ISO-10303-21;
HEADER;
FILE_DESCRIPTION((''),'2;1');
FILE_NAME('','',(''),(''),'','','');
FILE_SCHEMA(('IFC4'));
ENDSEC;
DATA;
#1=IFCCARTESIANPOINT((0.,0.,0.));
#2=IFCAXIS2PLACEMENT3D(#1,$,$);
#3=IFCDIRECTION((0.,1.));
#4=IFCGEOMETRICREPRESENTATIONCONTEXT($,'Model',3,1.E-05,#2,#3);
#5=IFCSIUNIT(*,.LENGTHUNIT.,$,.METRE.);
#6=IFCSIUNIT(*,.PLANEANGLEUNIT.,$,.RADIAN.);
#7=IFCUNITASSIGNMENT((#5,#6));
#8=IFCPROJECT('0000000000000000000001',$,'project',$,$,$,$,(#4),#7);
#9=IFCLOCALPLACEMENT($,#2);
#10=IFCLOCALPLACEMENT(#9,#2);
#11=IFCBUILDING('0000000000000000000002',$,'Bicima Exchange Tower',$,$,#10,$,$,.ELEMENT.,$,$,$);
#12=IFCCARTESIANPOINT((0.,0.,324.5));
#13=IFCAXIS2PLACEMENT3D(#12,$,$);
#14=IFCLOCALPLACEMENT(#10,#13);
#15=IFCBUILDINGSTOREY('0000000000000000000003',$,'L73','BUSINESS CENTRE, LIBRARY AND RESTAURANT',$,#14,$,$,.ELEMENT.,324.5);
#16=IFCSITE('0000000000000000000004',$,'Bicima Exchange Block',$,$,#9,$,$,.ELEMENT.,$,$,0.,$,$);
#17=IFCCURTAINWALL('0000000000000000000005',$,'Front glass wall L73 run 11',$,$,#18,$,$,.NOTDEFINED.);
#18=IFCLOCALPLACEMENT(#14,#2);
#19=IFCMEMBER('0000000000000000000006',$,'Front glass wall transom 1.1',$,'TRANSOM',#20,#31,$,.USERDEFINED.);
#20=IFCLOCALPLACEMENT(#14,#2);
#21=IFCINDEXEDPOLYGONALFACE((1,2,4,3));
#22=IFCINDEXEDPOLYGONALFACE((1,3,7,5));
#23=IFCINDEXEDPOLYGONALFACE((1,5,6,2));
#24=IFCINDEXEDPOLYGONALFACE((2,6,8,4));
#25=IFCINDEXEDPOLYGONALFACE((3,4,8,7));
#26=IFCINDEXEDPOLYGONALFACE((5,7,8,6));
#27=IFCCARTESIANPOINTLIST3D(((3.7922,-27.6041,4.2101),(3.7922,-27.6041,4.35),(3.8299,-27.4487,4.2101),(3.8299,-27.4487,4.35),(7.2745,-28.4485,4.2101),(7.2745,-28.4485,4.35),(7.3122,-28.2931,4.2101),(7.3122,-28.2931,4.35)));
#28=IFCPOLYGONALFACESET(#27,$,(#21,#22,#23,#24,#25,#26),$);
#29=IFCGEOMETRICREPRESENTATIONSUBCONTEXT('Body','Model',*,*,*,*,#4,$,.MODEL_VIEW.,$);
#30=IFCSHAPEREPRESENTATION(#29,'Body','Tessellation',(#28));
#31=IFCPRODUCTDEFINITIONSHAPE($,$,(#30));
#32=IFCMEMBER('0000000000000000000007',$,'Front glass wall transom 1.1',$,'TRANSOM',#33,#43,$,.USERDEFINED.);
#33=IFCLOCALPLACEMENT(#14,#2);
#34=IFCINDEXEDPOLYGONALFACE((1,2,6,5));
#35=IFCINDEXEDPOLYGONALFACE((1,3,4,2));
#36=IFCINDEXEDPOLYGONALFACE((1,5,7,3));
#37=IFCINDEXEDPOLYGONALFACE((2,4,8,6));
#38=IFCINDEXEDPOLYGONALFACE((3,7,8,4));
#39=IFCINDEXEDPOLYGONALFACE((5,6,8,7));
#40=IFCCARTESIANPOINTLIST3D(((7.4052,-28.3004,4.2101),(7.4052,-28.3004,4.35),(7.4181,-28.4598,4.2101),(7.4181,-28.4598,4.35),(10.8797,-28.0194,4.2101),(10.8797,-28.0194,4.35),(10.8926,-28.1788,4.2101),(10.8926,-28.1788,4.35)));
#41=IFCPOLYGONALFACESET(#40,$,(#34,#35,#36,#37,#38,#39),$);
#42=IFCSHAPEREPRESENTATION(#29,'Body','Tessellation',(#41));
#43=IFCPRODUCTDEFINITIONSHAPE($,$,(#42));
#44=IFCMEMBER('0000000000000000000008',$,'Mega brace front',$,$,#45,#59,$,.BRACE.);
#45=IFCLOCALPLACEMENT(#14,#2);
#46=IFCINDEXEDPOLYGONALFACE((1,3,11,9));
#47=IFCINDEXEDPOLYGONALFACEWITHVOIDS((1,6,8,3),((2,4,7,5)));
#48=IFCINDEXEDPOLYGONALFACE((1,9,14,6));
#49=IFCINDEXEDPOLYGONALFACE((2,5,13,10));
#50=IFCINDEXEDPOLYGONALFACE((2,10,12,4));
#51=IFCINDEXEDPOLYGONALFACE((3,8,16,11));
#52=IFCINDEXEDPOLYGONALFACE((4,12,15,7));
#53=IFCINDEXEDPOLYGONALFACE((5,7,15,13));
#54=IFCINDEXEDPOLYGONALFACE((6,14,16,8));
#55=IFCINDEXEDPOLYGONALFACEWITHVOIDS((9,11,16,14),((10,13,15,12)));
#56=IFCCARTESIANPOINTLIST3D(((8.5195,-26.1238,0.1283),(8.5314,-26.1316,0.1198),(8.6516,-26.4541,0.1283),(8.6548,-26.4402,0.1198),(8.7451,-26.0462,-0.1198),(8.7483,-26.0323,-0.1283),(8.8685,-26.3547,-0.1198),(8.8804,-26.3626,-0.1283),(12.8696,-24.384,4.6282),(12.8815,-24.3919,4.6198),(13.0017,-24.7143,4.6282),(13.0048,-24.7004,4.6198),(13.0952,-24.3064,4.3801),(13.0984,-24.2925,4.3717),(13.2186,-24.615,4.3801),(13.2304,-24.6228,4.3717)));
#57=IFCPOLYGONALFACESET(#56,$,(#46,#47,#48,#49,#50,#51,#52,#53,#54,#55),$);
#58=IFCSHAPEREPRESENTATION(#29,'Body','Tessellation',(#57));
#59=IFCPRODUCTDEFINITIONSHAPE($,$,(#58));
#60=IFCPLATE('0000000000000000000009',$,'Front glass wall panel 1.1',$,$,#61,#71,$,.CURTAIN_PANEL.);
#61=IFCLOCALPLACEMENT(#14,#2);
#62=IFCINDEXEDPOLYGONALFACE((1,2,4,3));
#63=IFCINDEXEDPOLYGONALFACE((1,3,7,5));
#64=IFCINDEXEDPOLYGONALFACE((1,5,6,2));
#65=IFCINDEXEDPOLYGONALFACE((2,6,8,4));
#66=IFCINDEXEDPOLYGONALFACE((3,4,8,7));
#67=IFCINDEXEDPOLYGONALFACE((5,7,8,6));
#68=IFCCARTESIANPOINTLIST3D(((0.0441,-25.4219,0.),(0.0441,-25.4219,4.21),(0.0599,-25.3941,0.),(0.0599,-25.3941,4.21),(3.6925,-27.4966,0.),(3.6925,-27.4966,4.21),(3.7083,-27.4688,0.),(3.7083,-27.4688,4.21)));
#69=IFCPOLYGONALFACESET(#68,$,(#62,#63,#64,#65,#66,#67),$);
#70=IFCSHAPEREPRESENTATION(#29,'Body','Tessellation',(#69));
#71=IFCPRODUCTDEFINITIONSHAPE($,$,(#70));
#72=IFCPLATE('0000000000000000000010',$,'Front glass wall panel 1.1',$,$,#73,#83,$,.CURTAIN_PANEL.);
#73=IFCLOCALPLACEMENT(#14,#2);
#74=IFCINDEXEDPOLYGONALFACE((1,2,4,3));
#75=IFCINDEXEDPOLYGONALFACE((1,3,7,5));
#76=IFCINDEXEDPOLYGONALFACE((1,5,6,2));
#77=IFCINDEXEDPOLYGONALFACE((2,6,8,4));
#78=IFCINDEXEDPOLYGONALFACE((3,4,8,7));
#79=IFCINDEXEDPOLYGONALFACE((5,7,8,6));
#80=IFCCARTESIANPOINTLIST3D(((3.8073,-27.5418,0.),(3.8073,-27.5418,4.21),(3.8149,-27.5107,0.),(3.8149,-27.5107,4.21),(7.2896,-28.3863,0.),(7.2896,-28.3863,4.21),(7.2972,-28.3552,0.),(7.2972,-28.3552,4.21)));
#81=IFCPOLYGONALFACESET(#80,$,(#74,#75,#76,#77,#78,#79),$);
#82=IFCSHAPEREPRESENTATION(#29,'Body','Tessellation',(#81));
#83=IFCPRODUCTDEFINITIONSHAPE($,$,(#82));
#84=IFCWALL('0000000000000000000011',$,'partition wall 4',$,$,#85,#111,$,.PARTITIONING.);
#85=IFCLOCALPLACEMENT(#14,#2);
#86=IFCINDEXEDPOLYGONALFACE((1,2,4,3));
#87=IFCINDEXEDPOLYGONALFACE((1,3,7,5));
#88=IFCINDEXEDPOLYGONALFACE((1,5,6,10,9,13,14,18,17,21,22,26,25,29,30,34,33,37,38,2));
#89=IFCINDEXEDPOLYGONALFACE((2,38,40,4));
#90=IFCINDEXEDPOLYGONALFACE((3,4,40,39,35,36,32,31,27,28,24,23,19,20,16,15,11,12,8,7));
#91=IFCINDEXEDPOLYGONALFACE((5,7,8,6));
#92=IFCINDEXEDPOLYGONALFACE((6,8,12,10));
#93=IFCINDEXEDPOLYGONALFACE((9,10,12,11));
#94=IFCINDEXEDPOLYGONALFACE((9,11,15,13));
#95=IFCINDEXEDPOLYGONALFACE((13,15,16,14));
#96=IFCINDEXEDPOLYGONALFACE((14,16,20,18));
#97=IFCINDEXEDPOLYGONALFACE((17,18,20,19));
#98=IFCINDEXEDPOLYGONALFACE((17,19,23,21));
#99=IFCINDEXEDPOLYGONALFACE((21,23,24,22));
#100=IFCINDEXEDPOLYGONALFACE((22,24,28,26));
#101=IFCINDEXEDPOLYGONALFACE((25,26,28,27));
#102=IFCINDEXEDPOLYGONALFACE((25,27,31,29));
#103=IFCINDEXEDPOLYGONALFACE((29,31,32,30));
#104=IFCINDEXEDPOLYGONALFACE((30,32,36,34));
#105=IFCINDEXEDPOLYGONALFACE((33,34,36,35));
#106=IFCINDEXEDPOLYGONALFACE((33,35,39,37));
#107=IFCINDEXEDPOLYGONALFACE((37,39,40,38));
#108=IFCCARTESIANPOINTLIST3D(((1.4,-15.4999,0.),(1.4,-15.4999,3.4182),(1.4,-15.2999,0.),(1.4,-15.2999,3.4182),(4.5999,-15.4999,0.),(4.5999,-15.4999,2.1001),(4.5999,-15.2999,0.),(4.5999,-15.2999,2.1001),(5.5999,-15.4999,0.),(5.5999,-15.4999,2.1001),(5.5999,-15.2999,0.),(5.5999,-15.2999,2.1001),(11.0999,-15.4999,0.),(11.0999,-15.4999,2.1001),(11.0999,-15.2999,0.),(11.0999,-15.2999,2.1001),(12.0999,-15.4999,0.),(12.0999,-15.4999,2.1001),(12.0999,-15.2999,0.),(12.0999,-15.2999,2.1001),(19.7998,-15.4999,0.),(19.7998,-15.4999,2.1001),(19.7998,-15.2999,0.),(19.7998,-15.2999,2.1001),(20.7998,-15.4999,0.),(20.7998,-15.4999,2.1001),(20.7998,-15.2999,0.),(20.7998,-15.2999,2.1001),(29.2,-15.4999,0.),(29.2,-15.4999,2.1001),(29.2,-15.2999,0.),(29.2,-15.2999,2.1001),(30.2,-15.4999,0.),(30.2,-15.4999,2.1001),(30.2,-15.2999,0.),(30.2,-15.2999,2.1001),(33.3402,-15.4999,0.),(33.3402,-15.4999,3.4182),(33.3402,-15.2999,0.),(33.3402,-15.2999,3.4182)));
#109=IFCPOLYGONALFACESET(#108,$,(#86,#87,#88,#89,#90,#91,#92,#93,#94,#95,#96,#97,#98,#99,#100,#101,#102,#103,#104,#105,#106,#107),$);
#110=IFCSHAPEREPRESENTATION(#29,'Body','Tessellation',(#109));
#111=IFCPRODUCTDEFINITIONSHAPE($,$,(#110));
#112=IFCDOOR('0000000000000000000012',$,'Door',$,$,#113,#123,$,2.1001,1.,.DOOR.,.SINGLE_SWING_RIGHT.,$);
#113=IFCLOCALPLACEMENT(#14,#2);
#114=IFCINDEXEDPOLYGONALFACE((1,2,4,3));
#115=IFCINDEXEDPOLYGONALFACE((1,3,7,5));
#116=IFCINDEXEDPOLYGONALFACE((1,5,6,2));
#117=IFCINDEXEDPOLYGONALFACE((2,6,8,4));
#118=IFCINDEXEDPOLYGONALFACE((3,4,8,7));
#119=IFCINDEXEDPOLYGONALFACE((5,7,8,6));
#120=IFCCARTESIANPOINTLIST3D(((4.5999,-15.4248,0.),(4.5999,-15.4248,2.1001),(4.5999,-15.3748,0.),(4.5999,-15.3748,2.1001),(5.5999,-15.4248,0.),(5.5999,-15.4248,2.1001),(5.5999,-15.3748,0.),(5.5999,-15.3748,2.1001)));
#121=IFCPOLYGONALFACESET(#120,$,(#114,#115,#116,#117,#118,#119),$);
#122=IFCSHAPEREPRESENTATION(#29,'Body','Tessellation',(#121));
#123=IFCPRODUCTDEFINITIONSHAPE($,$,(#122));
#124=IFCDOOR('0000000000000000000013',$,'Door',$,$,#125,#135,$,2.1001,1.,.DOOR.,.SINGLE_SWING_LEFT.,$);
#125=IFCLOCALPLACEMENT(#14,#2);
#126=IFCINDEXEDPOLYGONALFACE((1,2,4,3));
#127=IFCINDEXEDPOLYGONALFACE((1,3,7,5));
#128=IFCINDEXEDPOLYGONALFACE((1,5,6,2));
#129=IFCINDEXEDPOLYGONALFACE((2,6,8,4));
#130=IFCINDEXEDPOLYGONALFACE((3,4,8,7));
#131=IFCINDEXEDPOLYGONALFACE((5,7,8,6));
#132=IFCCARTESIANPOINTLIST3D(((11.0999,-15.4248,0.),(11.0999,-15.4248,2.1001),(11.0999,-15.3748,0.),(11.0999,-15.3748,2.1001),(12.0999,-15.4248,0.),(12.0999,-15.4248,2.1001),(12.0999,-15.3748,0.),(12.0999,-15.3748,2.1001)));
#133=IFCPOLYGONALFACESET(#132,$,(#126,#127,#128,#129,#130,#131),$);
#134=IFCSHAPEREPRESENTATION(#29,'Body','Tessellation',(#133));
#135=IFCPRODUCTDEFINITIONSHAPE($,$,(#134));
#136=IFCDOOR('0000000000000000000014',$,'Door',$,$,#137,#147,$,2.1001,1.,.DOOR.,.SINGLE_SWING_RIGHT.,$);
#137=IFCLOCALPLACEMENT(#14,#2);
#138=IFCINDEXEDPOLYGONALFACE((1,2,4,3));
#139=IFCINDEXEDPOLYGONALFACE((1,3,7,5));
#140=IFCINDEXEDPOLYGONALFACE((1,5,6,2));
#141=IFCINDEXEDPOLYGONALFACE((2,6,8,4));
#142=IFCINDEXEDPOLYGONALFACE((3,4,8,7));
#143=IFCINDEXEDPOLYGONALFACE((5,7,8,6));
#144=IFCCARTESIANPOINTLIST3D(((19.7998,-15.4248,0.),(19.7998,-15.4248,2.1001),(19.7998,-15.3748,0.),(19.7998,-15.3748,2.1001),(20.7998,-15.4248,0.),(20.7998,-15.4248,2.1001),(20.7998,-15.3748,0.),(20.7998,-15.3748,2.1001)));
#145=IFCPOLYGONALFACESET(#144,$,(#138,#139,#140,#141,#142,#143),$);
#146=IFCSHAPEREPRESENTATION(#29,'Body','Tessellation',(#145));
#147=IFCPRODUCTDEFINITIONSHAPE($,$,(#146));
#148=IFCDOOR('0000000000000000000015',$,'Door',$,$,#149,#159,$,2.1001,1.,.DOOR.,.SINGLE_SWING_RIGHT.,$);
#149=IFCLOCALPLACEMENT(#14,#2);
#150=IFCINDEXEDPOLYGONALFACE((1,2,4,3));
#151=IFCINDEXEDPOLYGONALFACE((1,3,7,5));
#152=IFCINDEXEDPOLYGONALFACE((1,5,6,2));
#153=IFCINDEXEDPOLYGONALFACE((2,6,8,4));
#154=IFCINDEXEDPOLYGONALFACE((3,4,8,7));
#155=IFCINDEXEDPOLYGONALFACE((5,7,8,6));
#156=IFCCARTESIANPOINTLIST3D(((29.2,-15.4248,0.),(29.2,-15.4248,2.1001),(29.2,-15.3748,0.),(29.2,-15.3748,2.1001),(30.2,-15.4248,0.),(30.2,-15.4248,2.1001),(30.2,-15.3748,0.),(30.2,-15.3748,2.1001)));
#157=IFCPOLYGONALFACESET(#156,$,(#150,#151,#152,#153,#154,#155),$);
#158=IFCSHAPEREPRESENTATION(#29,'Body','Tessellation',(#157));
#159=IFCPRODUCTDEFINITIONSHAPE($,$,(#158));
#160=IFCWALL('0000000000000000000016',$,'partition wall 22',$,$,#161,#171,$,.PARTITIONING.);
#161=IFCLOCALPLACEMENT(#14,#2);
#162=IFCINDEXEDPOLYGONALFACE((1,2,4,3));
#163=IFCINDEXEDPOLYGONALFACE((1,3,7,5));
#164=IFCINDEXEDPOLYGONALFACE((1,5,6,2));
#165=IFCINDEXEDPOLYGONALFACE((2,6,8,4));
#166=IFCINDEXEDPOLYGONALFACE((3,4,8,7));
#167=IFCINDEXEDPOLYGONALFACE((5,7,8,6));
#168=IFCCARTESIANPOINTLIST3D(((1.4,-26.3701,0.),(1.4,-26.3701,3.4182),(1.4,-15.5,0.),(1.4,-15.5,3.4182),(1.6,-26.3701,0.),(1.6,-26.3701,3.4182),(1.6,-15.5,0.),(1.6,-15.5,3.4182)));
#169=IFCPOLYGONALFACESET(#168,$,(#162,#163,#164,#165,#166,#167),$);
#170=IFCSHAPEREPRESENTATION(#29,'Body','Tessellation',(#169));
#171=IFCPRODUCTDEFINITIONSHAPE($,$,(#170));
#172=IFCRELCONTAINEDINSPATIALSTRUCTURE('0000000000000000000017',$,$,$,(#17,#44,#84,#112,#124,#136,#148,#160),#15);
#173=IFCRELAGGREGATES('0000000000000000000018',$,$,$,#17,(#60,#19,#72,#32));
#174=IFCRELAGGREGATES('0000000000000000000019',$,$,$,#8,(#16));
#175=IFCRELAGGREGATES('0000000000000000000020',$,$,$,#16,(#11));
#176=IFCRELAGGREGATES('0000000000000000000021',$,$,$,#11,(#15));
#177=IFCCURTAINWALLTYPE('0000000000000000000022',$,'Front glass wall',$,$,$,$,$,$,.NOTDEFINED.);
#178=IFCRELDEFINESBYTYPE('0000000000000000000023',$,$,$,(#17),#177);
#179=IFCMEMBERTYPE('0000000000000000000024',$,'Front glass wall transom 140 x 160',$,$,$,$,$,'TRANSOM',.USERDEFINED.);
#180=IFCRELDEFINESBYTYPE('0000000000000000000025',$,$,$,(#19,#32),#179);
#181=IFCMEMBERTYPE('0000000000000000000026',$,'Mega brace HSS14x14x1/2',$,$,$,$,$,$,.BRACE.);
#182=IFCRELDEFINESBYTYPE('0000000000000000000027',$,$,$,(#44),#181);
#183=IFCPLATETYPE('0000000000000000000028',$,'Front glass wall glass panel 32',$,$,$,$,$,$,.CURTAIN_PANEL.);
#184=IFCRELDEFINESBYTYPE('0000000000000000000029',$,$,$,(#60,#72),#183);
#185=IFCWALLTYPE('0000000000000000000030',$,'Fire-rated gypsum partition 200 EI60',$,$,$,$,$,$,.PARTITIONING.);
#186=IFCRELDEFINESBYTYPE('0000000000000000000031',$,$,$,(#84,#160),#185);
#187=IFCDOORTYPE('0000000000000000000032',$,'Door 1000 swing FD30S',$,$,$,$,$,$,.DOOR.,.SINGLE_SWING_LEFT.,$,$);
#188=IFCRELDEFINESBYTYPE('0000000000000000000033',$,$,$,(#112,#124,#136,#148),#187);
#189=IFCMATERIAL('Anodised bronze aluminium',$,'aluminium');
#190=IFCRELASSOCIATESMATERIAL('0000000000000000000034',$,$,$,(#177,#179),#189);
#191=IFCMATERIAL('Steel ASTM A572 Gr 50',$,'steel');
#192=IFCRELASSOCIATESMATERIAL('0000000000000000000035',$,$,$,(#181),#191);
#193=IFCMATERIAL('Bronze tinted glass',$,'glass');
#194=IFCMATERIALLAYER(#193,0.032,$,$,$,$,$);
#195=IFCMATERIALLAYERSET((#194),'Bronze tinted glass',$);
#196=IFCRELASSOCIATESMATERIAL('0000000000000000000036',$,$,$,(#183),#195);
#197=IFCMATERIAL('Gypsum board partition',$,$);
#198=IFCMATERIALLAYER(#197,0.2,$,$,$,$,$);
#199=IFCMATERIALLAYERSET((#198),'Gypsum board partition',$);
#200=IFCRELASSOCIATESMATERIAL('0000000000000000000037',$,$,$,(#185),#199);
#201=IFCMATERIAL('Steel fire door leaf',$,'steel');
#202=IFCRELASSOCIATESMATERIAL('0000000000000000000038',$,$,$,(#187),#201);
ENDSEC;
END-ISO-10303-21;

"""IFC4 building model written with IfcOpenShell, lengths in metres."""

from ifc_helpers import new_model, si_unit, direction, frame, frame_2d, origin, origin_2d, place, context, subcontext, project, spatial, rectangle, hollow_rectangle, extrude, material, layer, layer_set, material_profile, profile_set, type_object, element, fill, aggregate, save


model = new_model("IFC4")

# Units and contexts
model_context = context("Model", 3, precision=1e-05, world=origin(), true_north=direction((0.0, 1.0)))
body_context = subcontext(model_context, "Body", "Model", "MODEL_VIEW")
ifc_project = project(units=[si_unit("LENGTHUNIT", "METRE"), si_unit("PLANEANGLEUNIT", "RADIAN")], contexts=[model_context])

# Site, building, storey
site_placement = place(None, origin())
site = spatial("IfcSite", under=ifc_project, at=site_placement, Name="Bicima Exchange Block", CompositionType="ELEMENT", RefElevation=0.0)
building_placement = place(site_placement, origin())
building = spatial("IfcBuilding", under=site, at=building_placement, Name="Bicima Exchange Tower", CompositionType="ELEMENT")
storey_placement = place(building_placement, frame((0.0, 0.0, 324.5)))
storey = spatial("IfcBuildingStorey", under=building, at=storey_placement, Name="L73", Description="BUSINESS CENTRE, LIBRARY AND RESTAURANT", CompositionType="ELEMENT", Elevation=324.5)

# Curtain wall, members
ifc_material_1 = material(Name="Anodised bronze aluminium", Category="aluminium")
curtain_wall_type = type_object("IfcCurtainWallType", Name="Front glass wall", PredefinedType="NOTDEFINED", material=ifc_material_1)
curtain_wall_placement = place(storey_placement, origin())
curtain_wall = element("IfcCurtainWall", 1, at=curtain_wall_placement, inside=storey, type_object=curtain_wall_type, Name="Front glass wall L73 run 11", PredefinedType="NOTDEFINED")
ifc_material_profile_1 = material_profile(ifc_material_1, rectangle(XDim=0.1599, YDim=0.1399, at=origin_2d()))
ifc_profile_set_1 = profile_set([ifc_material_profile_1], Name="Anodised bronze aluminium")
member_type_1 = type_object("IfcMemberType", Name="Front glass wall transom 140 x 160", ElementType="TRANSOM", PredefinedType="USERDEFINED", material=ifc_profile_set_1)
member_1_placement = place(storey_placement, frame((3.811, -27.5264, 4.28), z_axis=(0.971834, -0.235668, 0.0), x_axis=(0.235668, 0.971834, 0.0)))
member_1 = element("IfcMember", 2, at=member_1_placement, type_object=member_type_1, Name="Front glass wall transom 1.1", ObjectType="TRANSOM", PredefinedType="USERDEFINED", context=body_context, shape_type="SweptSolid", body=[
    extrude(rectangle(XDim=0.1599, YDim=0.1399, at=origin_2d()), origin(), (0.0, 0.0, 1.0), 3.5833),
])
member_2_placement = place(storey_placement, frame((7.4116, -28.3801, 4.28), z_axis=(0.996746, 0.080611, 0.0), x_axis=(-0.080611, 0.996746, 0.0)))
member_2 = element("IfcMember", 3, at=member_2_placement, type_object=member_type_1, Name="Front glass wall transom 1.1", ObjectType="TRANSOM", PredefinedType="USERDEFINED", context=body_context, shape_type="SweptSolid", body=[
    extrude(rectangle(XDim=0.1599, YDim=0.1399, at=origin_2d()), origin(), (0.0, 0.0, 1.0), 3.4858),
])

# Member
ifc_material_2 = material(Name="Steel ASTM A572 Gr 50", Category="steel")
ifc_material_profile_2 = material_profile(ifc_material_2, hollow_rectangle(XDim=0.3557, YDim=0.3557, WallThickness=0.0117, at=origin_2d()))
ifc_profile_set_2 = profile_set([ifc_material_profile_2], Name="Steel ASTM A572 Gr 50")
member_type_2 = type_object("IfcMemberType", Name="Mega brace HSS14x14x1/2", PredefinedType="BRACE", material=ifc_profile_set_2)
member_3_placement = place(storey_placement, frame((8.7, -26.2432, 0.0), z_axis=(0.669642, 0.267812, 0.692717), x_axis=(-0.371337, 0.928498, 0.0)))
element("IfcMember", 4, at=member_3_placement, inside=storey, type_object=member_type_2, Name="Mega brace front", PredefinedType="BRACE", context=body_context, shape_type="SweptSolid", body=[
    extrude(hollow_rectangle(XDim=0.3557, YDim=0.3557, WallThickness=0.0117, at=origin_2d()), origin(), (0.0, 0.0, 1.0), 6.4961),
])

# Plates
ifc_material_3 = material(Name="Bronze tinted glass", Category="glass")
ifc_layer_1 = layer(ifc_material_3, 0.032)
ifc_layer_set_1 = layer_set([ifc_layer_1], Name="Bronze tinted glass")
plate_type = type_object("IfcPlateType", Name="Front glass wall glass panel 32", PredefinedType="CURTAIN_PANEL", material=ifc_layer_set_1)
plate_1_placement = place(storey_placement, frame((1.8762, -26.4453, 0.0), z_axis=(0.0, 0.0, 1.0), x_axis=(0.869274, -0.49433, 0.0)))
plate_1 = element("IfcPlate", 5, at=plate_1_placement, type_object=plate_type, Name="Front glass wall panel 1.1", PredefinedType="CURTAIN_PANEL", context=body_context, shape_type="SweptSolid", body=[
    extrude(rectangle(XDim=4.197, YDim=0.032, at=origin_2d()), origin(), (0.0, 0.0, 1.0), 4.21),
])
plate_2_placement = place(storey_placement, frame((5.5522, -27.9485, 0.0), z_axis=(0.0, 0.0, 1.0), x_axis=(0.97183, -0.235682, 0.0)))
plate_2 = element("IfcPlate", 6, at=plate_2_placement, type_object=plate_type, Name="Front glass wall panel 1.1", PredefinedType="CURTAIN_PANEL", context=body_context, shape_type="SweptSolid", body=[
    extrude(rectangle(XDim=3.5833, YDim=0.032, at=origin_2d()), origin(), (0.0, 0.0, 1.0), 4.21),
])
aggregate(curtain_wall, [plate_1, member_1, plate_2, member_2])

# Wall, openings, doors
ifc_material_4 = material(Name="Gypsum board partition")
ifc_layer_2 = layer(ifc_material_4, 0.2)
ifc_layer_set_2 = layer_set([ifc_layer_2], Name="Gypsum board partition")
wall_type_1 = type_object("IfcWallType", Name="Fire-rated gypsum partition 200 EI60", PredefinedType="PARTITIONING", material=ifc_layer_set_2)
wall_1_placement = place(storey_placement, frame((1.3999, -15.3999, 0.0), z_axis=(0.0, 0.0, 1.0), x_axis=(1.0, 0.0, 0.0)))
wall_1 = element("IfcWall", 7, at=wall_1_placement, inside=storey, type_object=wall_type_1, Name="partition wall 4", PredefinedType="PARTITIONING", context=body_context, shape_type="SweptSolid", body=[
    extrude(rectangle(XDim=31.9402, YDim=0.2, at=frame_2d((15.9702, 0.0))), origin(), (0.0, 0.0, 1.0), 3.4182),
])
opening_1_placement = place(wall_1_placement, frame((3.2, 0.0, 0.0)))
opening_1 = element("IfcOpeningElement", 8, at=opening_1_placement, cuts=wall_1, PredefinedType="OPENING", context=body_context, shape_type="SweptSolid", body=[
    extrude(rectangle(XDim=1.0, YDim=2.1001, at=frame_2d((0.5, 1.05))), frame((0.0, 0.1118, 0.0), z_axis=(0.0, -1.0, 0.0), x_axis=(1.0, 0.0, 0.0)), (0.0, 0.0, 1.0), 0.2239),
])
opening_2_placement = place(wall_1_placement, frame((9.7, 0.0, 0.0)))
opening_2 = element("IfcOpeningElement", 9, at=opening_2_placement, cuts=wall_1, PredefinedType="OPENING", context=body_context, shape_type="SweptSolid", body=[
    extrude(rectangle(XDim=1.0, YDim=2.1001, at=frame_2d((0.5, 1.05))), frame((0.0, 0.1118, 0.0), z_axis=(0.0, -1.0, 0.0), x_axis=(1.0, 0.0, 0.0)), (0.0, 0.0, 1.0), 0.2239),
])
opening_3_placement = place(wall_1_placement, frame((18.3999, 0.0, 0.0)))
opening_3 = element("IfcOpeningElement", 10, at=opening_3_placement, cuts=wall_1, PredefinedType="OPENING", context=body_context, shape_type="SweptSolid", body=[
    extrude(rectangle(XDim=1.0, YDim=2.1001, at=frame_2d((0.5, 1.05))), frame((0.0, 0.1118, 0.0), z_axis=(0.0, -1.0, 0.0), x_axis=(1.0, 0.0, 0.0)), (0.0, 0.0, 1.0), 0.2239),
])
opening_4_placement = place(wall_1_placement, frame((27.8, 0.0, 0.0)))
opening_4 = element("IfcOpeningElement", 11, at=opening_4_placement, cuts=wall_1, PredefinedType="OPENING", context=body_context, shape_type="SweptSolid", body=[
    extrude(rectangle(XDim=1.0, YDim=2.1001, at=frame_2d((0.5, 1.05))), frame((0.0, 0.1118, 0.0), z_axis=(0.0, -1.0, 0.0), x_axis=(1.0, 0.0, 0.0)), (0.0, 0.0, 1.0), 0.2239),
])
ifc_material_5 = material(Name="Steel fire door leaf", Category="steel")
door_type = type_object("IfcDoorType", Name="Door 1000 swing FD30S", OperationType="SINGLE_SWING_LEFT", PredefinedType="DOOR", material=ifc_material_5)
door_1_placement = place(opening_1_placement, frame((1.0, 0.0, 0.0), z_axis=(0.0, 0.0, 1.0), x_axis=(-1.0, 0.0, 0.0)))
door_1 = element("IfcDoor", 12, at=door_1_placement, inside=storey, type_object=door_type, Name="Door", OperationType="SINGLE_SWING_RIGHT", OverallHeight=2.1001, OverallWidth=1.0, PredefinedType="DOOR", context=body_context, shape_type="SweptSolid", body=[
    extrude(rectangle(XDim=1.0, YDim=2.1001, at=frame_2d((0.5, 1.05))), frame((0.0, 0.0249, 0.0), z_axis=(0.0, -1.0, 0.0), x_axis=(1.0, 0.0, 0.0)), (0.0, 0.0, 1.0), 0.05),
])
fill(opening_1, door_1)
door_2_placement = place(opening_2_placement, frame((1.0, 0.0, 0.0), z_axis=(0.0, 0.0, 1.0), x_axis=(-1.0, 0.0, 0.0)))
door_2 = element("IfcDoor", 13, at=door_2_placement, inside=storey, type_object=door_type, Name="Door", OperationType="SINGLE_SWING_LEFT", OverallHeight=2.1001, OverallWidth=1.0, PredefinedType="DOOR", context=body_context, shape_type="SweptSolid", body=[
    extrude(rectangle(XDim=1.0, YDim=2.1001, at=frame_2d((0.5, 1.05))), frame((0.0, 0.0249, 0.0), z_axis=(0.0, -1.0, 0.0), x_axis=(1.0, 0.0, 0.0)), (0.0, 0.0, 1.0), 0.05),
])
fill(opening_2, door_2)
door_3_placement = place(opening_3_placement, frame((1.0, 0.0, 0.0), z_axis=(0.0, 0.0, 1.0), x_axis=(-1.0, 0.0, 0.0)))
door_3 = element("IfcDoor", 14, at=door_3_placement, inside=storey, type_object=door_type, Name="Door", OperationType="SINGLE_SWING_RIGHT", OverallHeight=2.1001, OverallWidth=1.0, PredefinedType="DOOR", context=body_context, shape_type="SweptSolid", body=[
    extrude(rectangle(XDim=1.0, YDim=2.1001, at=frame_2d((0.5, 1.05))), frame((0.0, 0.0249, 0.0), z_axis=(0.0, -1.0, 0.0), x_axis=(1.0, 0.0, 0.0)), (0.0, 0.0, 1.0), 0.05),
])
fill(opening_3, door_3)
door_4_placement = place(opening_4_placement, frame((1.0, 0.0, 0.0), z_axis=(0.0, 0.0, 1.0), x_axis=(-1.0, 0.0, 0.0)))
door_4 = element("IfcDoor", 15, at=door_4_placement, inside=storey, type_object=door_type, Name="Door", OperationType="SINGLE_SWING_RIGHT", OverallHeight=2.1001, OverallWidth=1.0, PredefinedType="DOOR", context=body_context, shape_type="SweptSolid", body=[
    extrude(rectangle(XDim=1.0, YDim=2.1001, at=frame_2d((0.5, 1.05))), frame((0.0, 0.0249, 0.0), z_axis=(0.0, -1.0, 0.0), x_axis=(1.0, 0.0, 0.0)), (0.0, 0.0, 1.0), 0.05),
])
fill(opening_4, door_4)

# Wall
wall_2_placement = place(storey_placement, frame((1.5, -26.3701, 0.0), z_axis=(0.0, 0.0, 1.0), x_axis=(0.0, 1.0, 0.0)))
element("IfcWall", 16, at=wall_2_placement, inside=storey, type_object=wall_type_1, Name="partition wall 22", PredefinedType="PARTITIONING", context=body_context, shape_type="SweptSolid", body=[
    extrude(rectangle(XDim=10.8701, YDim=0.2, at=frame_2d((5.4351, 0.0))), origin(), (0.0, 0.0, 1.0), 3.4182),
])

save(model, "model.ifc")
